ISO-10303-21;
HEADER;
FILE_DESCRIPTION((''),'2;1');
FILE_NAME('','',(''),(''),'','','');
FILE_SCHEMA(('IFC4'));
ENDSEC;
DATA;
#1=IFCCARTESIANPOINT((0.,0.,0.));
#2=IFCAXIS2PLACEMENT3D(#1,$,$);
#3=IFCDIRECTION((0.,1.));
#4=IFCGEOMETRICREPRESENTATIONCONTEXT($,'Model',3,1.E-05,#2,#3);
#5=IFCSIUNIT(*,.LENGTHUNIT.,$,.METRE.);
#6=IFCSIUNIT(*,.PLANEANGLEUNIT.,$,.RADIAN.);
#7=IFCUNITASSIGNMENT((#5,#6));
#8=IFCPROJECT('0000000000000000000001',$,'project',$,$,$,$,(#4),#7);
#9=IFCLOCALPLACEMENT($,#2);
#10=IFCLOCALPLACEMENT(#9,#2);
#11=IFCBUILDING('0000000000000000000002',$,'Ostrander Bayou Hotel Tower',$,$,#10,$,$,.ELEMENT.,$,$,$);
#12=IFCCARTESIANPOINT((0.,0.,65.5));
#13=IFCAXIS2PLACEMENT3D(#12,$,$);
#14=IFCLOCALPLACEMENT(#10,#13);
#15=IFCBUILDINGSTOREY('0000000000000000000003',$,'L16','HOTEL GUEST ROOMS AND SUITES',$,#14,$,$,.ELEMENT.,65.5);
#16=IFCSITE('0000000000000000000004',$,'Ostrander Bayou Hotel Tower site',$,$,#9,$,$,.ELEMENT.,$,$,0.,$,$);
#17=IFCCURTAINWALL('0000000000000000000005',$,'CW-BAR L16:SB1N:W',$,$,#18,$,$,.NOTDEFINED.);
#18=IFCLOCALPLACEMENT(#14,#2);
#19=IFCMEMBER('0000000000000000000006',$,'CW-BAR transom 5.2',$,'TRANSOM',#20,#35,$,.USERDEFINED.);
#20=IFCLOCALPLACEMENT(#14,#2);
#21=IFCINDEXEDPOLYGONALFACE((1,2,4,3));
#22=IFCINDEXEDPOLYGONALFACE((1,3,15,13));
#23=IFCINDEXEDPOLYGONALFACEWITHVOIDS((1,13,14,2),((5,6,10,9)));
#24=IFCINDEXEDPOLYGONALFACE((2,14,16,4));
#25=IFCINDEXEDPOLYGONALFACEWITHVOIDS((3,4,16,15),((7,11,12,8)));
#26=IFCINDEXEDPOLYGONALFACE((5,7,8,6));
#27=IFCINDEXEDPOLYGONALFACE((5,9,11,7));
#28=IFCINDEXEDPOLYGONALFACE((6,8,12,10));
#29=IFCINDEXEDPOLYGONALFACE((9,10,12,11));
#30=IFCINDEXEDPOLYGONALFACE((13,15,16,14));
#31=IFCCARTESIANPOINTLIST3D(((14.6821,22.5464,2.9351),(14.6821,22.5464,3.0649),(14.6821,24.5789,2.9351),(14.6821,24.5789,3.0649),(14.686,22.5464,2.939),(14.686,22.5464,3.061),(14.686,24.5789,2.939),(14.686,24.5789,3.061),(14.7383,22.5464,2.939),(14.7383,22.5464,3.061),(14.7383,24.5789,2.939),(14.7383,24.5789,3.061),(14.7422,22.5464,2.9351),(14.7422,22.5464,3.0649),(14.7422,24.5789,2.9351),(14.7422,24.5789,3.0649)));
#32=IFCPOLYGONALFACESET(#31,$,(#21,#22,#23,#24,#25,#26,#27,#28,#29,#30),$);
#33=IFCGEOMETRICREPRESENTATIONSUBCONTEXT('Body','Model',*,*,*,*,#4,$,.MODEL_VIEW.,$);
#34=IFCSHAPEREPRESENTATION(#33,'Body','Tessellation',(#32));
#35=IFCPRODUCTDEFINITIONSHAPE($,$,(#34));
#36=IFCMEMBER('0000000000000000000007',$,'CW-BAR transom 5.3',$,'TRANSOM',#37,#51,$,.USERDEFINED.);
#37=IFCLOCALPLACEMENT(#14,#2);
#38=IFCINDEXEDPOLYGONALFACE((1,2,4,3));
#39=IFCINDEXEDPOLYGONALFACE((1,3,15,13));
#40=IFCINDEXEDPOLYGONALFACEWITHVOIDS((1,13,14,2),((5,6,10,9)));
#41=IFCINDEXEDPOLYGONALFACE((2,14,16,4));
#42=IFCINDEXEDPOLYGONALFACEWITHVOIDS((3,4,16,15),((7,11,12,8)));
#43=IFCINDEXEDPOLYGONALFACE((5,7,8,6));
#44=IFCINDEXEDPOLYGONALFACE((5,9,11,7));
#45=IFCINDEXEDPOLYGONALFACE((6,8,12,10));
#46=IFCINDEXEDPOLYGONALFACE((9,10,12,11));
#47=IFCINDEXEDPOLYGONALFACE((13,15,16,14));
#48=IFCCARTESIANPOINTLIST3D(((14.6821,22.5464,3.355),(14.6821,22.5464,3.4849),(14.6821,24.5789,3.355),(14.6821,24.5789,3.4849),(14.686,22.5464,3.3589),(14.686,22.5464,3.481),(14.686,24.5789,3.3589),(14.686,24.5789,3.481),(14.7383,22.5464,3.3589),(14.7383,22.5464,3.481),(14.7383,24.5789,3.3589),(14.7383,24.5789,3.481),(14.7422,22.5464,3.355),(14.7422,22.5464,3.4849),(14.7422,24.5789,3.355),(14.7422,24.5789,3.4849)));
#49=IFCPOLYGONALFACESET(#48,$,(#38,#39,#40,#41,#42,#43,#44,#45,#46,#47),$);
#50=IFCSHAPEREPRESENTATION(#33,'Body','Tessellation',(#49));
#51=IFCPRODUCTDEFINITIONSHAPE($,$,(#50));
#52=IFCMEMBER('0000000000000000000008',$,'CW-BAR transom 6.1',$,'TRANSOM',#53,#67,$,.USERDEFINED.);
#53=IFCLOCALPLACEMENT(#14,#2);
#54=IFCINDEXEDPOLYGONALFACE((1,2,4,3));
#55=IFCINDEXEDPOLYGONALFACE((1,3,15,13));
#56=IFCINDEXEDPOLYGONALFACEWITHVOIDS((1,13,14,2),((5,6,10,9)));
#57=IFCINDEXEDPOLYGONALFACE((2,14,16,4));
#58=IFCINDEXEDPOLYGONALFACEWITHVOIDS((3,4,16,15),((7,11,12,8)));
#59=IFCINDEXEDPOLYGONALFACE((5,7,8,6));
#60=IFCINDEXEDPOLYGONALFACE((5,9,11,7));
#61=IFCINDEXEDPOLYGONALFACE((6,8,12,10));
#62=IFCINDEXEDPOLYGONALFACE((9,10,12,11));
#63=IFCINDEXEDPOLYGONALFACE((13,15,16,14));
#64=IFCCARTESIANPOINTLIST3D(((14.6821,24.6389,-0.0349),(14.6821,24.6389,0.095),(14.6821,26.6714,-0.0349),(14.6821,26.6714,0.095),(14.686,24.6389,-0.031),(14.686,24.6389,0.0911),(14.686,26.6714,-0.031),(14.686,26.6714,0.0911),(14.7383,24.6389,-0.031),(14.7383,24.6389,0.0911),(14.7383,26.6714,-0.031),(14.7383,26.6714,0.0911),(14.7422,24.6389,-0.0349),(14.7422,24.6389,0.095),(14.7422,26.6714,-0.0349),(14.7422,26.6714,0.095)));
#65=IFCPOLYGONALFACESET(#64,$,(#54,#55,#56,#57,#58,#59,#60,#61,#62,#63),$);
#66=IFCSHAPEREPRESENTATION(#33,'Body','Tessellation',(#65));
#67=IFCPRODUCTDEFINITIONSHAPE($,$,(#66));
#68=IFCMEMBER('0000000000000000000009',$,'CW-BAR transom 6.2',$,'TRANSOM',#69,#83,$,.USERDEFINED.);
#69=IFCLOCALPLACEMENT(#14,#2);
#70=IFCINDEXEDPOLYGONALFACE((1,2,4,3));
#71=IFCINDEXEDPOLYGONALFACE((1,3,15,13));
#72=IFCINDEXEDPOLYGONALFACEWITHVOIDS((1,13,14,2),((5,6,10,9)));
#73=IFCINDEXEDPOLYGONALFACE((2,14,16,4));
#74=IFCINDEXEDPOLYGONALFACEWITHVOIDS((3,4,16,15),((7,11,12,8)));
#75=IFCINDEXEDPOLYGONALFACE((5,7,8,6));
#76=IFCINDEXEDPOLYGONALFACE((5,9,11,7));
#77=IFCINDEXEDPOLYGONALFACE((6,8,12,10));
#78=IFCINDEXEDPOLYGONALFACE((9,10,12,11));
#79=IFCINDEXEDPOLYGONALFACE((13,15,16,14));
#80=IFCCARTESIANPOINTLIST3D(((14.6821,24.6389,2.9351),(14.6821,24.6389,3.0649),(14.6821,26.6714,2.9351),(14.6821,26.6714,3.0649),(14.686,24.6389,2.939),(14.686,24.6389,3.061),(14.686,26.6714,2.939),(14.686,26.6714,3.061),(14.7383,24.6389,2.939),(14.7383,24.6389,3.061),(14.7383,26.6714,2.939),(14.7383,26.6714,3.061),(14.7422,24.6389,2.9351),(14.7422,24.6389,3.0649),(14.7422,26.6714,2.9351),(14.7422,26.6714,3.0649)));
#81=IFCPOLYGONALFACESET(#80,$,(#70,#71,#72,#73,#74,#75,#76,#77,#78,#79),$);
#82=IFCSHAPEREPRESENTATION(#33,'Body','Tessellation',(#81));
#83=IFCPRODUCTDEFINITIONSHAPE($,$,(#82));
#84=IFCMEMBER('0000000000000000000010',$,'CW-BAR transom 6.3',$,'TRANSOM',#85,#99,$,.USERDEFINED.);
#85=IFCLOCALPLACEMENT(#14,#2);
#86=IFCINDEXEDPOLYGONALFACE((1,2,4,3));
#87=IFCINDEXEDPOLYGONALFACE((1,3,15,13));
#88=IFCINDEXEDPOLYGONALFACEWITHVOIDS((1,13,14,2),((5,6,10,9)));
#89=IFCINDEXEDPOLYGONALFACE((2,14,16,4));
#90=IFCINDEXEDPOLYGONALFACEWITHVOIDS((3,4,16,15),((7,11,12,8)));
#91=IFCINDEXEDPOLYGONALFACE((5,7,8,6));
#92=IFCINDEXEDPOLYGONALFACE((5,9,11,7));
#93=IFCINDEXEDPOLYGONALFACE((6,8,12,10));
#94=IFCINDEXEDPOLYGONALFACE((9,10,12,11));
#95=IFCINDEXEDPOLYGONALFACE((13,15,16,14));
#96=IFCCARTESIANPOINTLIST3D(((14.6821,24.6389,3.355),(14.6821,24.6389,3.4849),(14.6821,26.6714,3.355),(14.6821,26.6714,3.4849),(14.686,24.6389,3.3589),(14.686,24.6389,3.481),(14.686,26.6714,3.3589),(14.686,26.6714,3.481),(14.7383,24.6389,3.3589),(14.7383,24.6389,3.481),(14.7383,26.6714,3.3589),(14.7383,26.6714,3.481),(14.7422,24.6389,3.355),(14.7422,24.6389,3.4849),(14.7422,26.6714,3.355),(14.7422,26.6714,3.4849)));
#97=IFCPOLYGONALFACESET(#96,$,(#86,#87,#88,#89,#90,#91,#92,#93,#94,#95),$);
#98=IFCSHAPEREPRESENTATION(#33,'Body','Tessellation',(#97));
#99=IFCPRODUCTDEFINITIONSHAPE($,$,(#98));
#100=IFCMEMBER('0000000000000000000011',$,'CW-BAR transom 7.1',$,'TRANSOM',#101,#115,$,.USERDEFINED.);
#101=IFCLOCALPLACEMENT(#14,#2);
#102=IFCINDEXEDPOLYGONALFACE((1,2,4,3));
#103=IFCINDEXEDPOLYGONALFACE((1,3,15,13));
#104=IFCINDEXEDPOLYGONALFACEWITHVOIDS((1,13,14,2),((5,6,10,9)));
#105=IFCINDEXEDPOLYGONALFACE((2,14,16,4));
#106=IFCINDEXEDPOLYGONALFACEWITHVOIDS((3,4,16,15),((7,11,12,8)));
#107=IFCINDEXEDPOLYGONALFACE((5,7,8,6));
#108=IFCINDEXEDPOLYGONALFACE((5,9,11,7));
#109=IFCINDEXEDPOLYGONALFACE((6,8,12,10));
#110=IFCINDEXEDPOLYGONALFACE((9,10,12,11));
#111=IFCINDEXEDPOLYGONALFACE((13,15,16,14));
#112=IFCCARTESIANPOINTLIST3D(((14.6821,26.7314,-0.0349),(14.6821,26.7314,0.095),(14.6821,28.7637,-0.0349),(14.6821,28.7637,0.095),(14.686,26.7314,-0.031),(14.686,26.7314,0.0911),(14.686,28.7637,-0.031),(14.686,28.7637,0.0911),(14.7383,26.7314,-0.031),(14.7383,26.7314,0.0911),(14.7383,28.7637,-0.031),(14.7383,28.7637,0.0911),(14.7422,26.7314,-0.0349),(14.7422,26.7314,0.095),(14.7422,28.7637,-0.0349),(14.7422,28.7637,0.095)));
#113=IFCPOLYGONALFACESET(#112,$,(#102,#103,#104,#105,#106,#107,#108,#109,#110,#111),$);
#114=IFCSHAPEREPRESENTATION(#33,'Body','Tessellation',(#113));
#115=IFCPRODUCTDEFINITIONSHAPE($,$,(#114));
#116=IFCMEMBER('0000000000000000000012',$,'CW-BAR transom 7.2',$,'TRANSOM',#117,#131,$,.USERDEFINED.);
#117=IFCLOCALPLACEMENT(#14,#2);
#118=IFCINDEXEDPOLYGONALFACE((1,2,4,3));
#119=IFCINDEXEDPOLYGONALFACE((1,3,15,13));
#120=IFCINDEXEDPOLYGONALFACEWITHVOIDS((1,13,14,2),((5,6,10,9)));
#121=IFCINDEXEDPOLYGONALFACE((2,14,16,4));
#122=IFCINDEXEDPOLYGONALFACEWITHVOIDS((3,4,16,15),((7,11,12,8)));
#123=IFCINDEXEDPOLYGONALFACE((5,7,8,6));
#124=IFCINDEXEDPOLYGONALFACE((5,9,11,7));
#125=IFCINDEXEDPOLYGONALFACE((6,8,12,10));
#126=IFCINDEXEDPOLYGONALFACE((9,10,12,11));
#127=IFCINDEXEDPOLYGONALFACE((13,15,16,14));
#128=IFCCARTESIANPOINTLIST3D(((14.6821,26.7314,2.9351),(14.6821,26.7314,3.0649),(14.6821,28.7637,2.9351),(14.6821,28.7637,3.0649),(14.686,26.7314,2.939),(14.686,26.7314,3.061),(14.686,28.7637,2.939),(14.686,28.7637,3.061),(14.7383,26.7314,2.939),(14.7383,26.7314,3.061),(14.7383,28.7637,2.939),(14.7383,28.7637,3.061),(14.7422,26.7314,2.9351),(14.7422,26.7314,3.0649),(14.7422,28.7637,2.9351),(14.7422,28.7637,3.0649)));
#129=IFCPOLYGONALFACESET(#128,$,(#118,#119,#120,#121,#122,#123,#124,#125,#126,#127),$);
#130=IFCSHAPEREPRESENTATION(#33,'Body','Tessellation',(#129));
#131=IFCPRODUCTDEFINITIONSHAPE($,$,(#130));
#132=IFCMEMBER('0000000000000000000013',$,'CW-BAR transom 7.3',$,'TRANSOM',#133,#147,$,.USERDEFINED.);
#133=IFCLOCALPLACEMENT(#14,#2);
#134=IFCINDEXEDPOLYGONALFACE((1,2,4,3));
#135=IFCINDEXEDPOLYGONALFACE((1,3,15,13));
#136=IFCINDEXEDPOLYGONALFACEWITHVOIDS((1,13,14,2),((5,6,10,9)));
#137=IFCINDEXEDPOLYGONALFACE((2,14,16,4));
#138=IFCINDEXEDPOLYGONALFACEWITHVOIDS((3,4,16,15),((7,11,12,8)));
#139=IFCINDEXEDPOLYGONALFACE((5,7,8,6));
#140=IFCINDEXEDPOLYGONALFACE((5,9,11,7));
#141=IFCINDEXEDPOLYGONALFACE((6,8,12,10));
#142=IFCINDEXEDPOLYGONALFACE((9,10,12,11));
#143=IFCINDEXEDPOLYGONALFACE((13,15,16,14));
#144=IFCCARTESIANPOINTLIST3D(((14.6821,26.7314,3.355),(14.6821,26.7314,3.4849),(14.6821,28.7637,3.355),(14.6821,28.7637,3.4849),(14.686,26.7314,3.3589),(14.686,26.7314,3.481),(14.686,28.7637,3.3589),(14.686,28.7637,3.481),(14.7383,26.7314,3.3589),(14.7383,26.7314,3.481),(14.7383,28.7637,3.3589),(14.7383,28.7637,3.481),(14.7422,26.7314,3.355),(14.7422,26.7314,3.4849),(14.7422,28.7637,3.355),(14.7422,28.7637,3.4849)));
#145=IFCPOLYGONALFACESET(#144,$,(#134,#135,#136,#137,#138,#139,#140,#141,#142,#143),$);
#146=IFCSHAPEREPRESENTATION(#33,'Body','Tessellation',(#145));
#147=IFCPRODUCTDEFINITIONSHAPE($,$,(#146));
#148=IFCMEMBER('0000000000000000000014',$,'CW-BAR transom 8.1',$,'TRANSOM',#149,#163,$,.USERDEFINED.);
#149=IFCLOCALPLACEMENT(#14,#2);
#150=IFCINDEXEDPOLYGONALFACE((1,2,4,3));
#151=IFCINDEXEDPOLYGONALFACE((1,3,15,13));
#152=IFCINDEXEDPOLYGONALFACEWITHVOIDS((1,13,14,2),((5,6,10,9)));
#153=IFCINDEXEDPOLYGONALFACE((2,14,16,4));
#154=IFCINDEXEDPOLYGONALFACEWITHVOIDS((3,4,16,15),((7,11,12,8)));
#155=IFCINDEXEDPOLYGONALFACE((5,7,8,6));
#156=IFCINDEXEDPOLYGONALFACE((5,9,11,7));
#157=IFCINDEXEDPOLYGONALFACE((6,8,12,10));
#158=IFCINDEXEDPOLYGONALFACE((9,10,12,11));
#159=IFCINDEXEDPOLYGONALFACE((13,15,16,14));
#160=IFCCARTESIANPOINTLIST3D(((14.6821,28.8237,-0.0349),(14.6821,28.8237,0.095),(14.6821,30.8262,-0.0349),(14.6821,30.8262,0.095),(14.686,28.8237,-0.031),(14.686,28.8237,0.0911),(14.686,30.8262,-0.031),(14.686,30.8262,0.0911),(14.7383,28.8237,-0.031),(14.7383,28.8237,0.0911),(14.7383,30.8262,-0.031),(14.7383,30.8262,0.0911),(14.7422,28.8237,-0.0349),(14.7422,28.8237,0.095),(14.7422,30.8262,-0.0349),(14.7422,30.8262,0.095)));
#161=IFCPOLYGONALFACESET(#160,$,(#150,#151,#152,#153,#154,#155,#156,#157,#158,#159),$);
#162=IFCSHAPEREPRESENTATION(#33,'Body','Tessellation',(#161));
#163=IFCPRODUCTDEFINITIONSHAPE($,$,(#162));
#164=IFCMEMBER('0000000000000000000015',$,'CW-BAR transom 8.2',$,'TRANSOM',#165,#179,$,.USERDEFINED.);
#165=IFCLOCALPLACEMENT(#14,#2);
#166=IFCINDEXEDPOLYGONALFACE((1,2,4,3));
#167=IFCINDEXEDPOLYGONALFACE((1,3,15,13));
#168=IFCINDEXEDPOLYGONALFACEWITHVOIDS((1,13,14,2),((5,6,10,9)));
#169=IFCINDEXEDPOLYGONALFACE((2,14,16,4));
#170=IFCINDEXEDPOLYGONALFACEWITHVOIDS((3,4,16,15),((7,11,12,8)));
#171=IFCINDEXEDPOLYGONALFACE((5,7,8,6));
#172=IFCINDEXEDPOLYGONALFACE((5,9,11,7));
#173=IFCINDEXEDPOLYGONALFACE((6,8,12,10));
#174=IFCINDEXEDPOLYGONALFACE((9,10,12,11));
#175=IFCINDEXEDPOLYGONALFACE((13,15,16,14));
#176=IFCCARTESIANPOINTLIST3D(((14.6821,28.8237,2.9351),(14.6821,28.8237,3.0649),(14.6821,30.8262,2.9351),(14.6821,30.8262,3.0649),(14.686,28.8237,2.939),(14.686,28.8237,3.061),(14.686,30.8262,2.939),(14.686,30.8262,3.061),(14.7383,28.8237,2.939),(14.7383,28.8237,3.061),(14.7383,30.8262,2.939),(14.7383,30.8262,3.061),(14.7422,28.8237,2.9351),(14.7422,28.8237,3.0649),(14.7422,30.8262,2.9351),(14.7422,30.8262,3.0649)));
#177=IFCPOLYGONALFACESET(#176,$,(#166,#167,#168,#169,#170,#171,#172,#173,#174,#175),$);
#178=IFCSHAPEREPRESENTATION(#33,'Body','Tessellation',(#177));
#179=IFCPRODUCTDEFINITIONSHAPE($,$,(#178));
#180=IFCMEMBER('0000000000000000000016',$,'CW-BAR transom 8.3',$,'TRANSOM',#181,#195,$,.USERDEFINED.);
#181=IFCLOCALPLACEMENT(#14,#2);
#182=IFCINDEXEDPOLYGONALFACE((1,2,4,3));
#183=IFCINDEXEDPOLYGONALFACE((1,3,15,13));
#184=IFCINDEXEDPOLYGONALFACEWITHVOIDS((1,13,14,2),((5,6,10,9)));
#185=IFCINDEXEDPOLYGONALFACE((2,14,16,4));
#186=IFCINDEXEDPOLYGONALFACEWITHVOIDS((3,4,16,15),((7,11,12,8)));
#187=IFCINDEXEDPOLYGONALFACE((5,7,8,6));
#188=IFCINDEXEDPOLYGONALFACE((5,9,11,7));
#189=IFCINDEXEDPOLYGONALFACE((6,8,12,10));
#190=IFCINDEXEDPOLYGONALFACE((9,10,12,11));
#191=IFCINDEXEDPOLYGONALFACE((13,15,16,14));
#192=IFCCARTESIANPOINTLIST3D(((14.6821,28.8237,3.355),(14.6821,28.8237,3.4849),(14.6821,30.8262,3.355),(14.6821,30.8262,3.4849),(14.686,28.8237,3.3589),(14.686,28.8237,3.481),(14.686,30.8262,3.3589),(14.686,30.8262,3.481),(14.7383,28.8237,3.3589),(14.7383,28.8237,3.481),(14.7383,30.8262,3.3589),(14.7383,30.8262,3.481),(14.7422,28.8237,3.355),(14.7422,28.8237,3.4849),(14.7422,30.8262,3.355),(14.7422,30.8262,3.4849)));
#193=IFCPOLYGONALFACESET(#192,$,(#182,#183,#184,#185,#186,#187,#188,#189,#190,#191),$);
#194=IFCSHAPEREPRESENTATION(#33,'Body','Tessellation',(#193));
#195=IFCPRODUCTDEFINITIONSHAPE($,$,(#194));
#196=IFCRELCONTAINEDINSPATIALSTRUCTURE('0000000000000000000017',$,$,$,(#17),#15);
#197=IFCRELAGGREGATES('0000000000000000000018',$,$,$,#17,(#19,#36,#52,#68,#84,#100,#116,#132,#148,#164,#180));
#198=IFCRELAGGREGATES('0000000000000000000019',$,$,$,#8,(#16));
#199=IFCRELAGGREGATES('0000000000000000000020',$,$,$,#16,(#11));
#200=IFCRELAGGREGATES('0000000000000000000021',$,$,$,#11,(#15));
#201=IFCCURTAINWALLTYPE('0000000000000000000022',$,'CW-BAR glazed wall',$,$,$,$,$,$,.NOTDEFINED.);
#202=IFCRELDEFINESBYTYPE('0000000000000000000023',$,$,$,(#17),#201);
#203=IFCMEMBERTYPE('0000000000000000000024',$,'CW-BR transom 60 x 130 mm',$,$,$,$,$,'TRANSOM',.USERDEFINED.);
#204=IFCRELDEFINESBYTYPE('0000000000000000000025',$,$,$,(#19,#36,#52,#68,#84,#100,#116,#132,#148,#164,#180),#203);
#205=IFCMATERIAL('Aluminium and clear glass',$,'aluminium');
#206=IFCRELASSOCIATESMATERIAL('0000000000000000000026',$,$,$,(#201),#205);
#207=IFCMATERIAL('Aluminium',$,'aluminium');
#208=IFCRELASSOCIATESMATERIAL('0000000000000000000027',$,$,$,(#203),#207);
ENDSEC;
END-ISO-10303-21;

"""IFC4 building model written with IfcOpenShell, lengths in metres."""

from ifc_helpers import new_model, si_unit, direction, frame, origin, origin_2d, place, context, subcontext, project, spatial, hollow_rectangle, extrude, material, material_profile, profile_set, type_object, element, aggregate, save


model = new_model("IFC4")

# Units and contexts
model_context = context("Model", 3, precision=1e-05, world=origin(), true_north=direction((0.0, 1.0)))
body_context = subcontext(model_context, "Body", "Model", "MODEL_VIEW")
ifc_project = project(units=[si_unit("LENGTHUNIT", "METRE"), si_unit("PLANEANGLEUNIT", "RADIAN")], contexts=[model_context])

# Site, building, storey
site_placement = place(None, origin())
site = spatial("IfcSite", under=ifc_project, at=site_placement, Name="Ostrander Bayou Hotel Tower site", CompositionType="ELEMENT", RefElevation=0.0)
building_placement = place(site_placement, origin())
building = spatial("IfcBuilding", under=site, at=building_placement, Name="Ostrander Bayou Hotel Tower", CompositionType="ELEMENT")
storey_placement = place(building_placement, frame((0.0, 0.0, 65.5)))
storey = spatial("IfcBuildingStorey", under=building, at=storey_placement, Name="L16", Description="HOTEL GUEST ROOMS AND SUITES", CompositionType="ELEMENT", Elevation=65.5)

# Curtain wall
ifc_material_1 = material(Name="Aluminium and clear glass", Category="aluminium")
curtain_wall_type = type_object("IfcCurtainWallType", Name="CW-BAR glazed wall", PredefinedType="NOTDEFINED", material=ifc_material_1)
curtain_wall_1_placement = place(storey_placement, origin())
curtain_wall_1 = element("IfcCurtainWall", 1, at=curtain_wall_1_placement, inside=storey, type_object=curtain_wall_type, Name="CW-BAR L16:SB1N:W", PredefinedType="NOTDEFINED")

# Members
ifc_material_2 = material(Name="Aluminium", Category="aluminium")
ifc_material_profile_1 = material_profile(ifc_material_2, hollow_rectangle(XDim=0.0601, YDim=0.1299, WallThickness=0.0039, at=origin_2d()))
ifc_profile_set_1 = profile_set([ifc_material_profile_1], Name="Aluminium")
member_type_1 = type_object("IfcMemberType", Name="CW-BR transom 60 x 130 mm", ElementType="TRANSOM", PredefinedType="USERDEFINED", material=ifc_profile_set_1)
member_1_placement = place(storey_placement, frame((14.7122, 22.5464, 3.0), z_axis=(0.0, 1.0, 0.0), x_axis=(-1.0, 0.0, 0.0)))
member_1 = element("IfcMember", 2, at=member_1_placement, type_object=member_type_1, Name="CW-BAR transom 5.2", ObjectType="TRANSOM", PredefinedType="USERDEFINED", context=body_context, shape_type="SweptSolid", body=[
    extrude(hollow_rectangle(XDim=0.0601, YDim=0.1299, WallThickness=0.0039, at=origin_2d()), origin(), (0.0, 0.0, 1.0), 2.0325),
])
member_2_placement = place(storey_placement, frame((14.7122, 22.5464, 3.4199), z_axis=(0.0, 1.0, 0.0), x_axis=(-1.0, 0.0, 0.0)))
member_2 = element("IfcMember", 3, at=member_2_placement, type_object=member_type_1, Name="CW-BAR transom 5.3", ObjectType="TRANSOM", PredefinedType="USERDEFINED", context=body_context, shape_type="SweptSolid", body=[
    extrude(hollow_rectangle(XDim=0.0601, YDim=0.1299, WallThickness=0.0039, at=origin_2d()), origin(), (0.0, 0.0, 1.0), 2.0325),
])
member_3_placement = place(storey_placement, frame((14.7122, 24.6389, 0.03), z_axis=(0.0, 1.0, 0.0), x_axis=(-1.0, 0.0, 0.0)))
member_3 = element("IfcMember", 4, at=member_3_placement, type_object=member_type_1, Name="CW-BAR transom 6.1", ObjectType="TRANSOM", PredefinedType="USERDEFINED", context=body_context, shape_type="SweptSolid", body=[
    extrude(hollow_rectangle(XDim=0.0601, YDim=0.1299, WallThickness=0.0039, at=origin_2d()), origin(), (0.0, 0.0, 1.0), 2.0325),
])
member_4_placement = place(storey_placement, frame((14.7122, 24.6389, 3.0), z_axis=(0.0, 1.0, 0.0), x_axis=(-1.0, 0.0, 0.0)))
member_4 = element("IfcMember", 5, at=member_4_placement, type_object=member_type_1, Name="CW-BAR transom 6.2", ObjectType="TRANSOM", PredefinedType="USERDEFINED", context=body_context, shape_type="SweptSolid", body=[
    extrude(hollow_rectangle(XDim=0.0601, YDim=0.1299, WallThickness=0.0039, at=origin_2d()), origin(), (0.0, 0.0, 1.0), 2.0325),
])
member_5_placement = place(storey_placement, frame((14.7122, 24.6389, 3.4199), z_axis=(0.0, 1.0, 0.0), x_axis=(-1.0, 0.0, 0.0)))
member_5 = element("IfcMember", 6, at=member_5_placement, type_object=member_type_1, Name="CW-BAR transom 6.3", ObjectType="TRANSOM", PredefinedType="USERDEFINED", context=body_context, shape_type="SweptSolid", body=[
    extrude(hollow_rectangle(XDim=0.0601, YDim=0.1299, WallThickness=0.0039, at=origin_2d()), origin(), (0.0, 0.0, 1.0), 2.0325),
])
member_6_placement = place(storey_placement, frame((14.7122, 26.7314, 0.03), z_axis=(0.0, 1.0, 0.0), x_axis=(-1.0, 0.0, 0.0)))
member_6 = element("IfcMember", 7, at=member_6_placement, type_object=member_type_1, Name="CW-BAR transom 7.1", ObjectType="TRANSOM", PredefinedType="USERDEFINED", context=body_context, shape_type="SweptSolid", body=[
    extrude(hollow_rectangle(XDim=0.0601, YDim=0.1299, WallThickness=0.0039, at=origin_2d()), origin(), (0.0, 0.0, 1.0), 2.0322),
])
member_7_placement = place(storey_placement, frame((14.7122, 26.7314, 3.0), z_axis=(0.0, 1.0, 0.0), x_axis=(-1.0, 0.0, 0.0)))
member_7 = element("IfcMember", 8, at=member_7_placement, type_object=member_type_1, Name="CW-BAR transom 7.2", ObjectType="TRANSOM", PredefinedType="USERDEFINED", context=body_context, shape_type="SweptSolid", body=[
    extrude(hollow_rectangle(XDim=0.0601, YDim=0.1299, WallThickness=0.0039, at=origin_2d()), origin(), (0.0, 0.0, 1.0), 2.0322),
])
member_8_placement = place(storey_placement, frame((14.7122, 26.7314, 3.4199), z_axis=(0.0, 1.0, 0.0), x_axis=(-1.0, 0.0, 0.0)))
member_8 = element("IfcMember", 9, at=member_8_placement, type_object=member_type_1, Name="CW-BAR transom 7.3", ObjectType="TRANSOM", PredefinedType="USERDEFINED", context=body_context, shape_type="SweptSolid", body=[
    extrude(hollow_rectangle(XDim=0.0601, YDim=0.1299, WallThickness=0.0039, at=origin_2d()), origin(), (0.0, 0.0, 1.0), 2.0322),
])
member_9_placement = place(storey_placement, frame((14.7122, 28.8237, 0.03), z_axis=(0.0, 1.0, 0.0), x_axis=(-1.0, 0.0, 0.0)))
member_9 = element("IfcMember", 10, at=member_9_placement, type_object=member_type_1, Name="CW-BAR transom 8.1", ObjectType="TRANSOM", PredefinedType="USERDEFINED", context=body_context, shape_type="SweptSolid", body=[
    extrude(hollow_rectangle(XDim=0.0601, YDim=0.1299, WallThickness=0.0039, at=origin_2d()), origin(), (0.0, 0.0, 1.0), 2.0024),
])
member_10_placement = place(storey_placement, frame((14.7122, 28.8237, 3.0), z_axis=(0.0, 1.0, 0.0), x_axis=(-1.0, 0.0, 0.0)))
member_10 = element("IfcMember", 11, at=member_10_placement, type_object=member_type_1, Name="CW-BAR transom 8.2", ObjectType="TRANSOM", PredefinedType="USERDEFINED", context=body_context, shape_type="SweptSolid", body=[
    extrude(hollow_rectangle(XDim=0.0601, YDim=0.1299, WallThickness=0.0039, at=origin_2d()), origin(), (0.0, 0.0, 1.0), 2.0024),
])
member_11_placement = place(storey_placement, frame((14.7122, 28.8237, 3.4199), z_axis=(0.0, 1.0, 0.0), x_axis=(-1.0, 0.0, 0.0)))
member_11 = element("IfcMember", 12, at=member_11_placement, type_object=member_type_1, Name="CW-BAR transom 8.3", ObjectType="TRANSOM", PredefinedType="USERDEFINED", context=body_context, shape_type="SweptSolid", body=[
    extrude(hollow_rectangle(XDim=0.0601, YDim=0.1299, WallThickness=0.0039, at=origin_2d()), origin(), (0.0, 0.0, 1.0), 2.0024),
])

aggregate(curtain_wall_1, [member_1, member_2, member_3, member_4, member_5, member_6, member_7, member_8, member_9, member_10, member_11])

save(model, "model.ifc")
